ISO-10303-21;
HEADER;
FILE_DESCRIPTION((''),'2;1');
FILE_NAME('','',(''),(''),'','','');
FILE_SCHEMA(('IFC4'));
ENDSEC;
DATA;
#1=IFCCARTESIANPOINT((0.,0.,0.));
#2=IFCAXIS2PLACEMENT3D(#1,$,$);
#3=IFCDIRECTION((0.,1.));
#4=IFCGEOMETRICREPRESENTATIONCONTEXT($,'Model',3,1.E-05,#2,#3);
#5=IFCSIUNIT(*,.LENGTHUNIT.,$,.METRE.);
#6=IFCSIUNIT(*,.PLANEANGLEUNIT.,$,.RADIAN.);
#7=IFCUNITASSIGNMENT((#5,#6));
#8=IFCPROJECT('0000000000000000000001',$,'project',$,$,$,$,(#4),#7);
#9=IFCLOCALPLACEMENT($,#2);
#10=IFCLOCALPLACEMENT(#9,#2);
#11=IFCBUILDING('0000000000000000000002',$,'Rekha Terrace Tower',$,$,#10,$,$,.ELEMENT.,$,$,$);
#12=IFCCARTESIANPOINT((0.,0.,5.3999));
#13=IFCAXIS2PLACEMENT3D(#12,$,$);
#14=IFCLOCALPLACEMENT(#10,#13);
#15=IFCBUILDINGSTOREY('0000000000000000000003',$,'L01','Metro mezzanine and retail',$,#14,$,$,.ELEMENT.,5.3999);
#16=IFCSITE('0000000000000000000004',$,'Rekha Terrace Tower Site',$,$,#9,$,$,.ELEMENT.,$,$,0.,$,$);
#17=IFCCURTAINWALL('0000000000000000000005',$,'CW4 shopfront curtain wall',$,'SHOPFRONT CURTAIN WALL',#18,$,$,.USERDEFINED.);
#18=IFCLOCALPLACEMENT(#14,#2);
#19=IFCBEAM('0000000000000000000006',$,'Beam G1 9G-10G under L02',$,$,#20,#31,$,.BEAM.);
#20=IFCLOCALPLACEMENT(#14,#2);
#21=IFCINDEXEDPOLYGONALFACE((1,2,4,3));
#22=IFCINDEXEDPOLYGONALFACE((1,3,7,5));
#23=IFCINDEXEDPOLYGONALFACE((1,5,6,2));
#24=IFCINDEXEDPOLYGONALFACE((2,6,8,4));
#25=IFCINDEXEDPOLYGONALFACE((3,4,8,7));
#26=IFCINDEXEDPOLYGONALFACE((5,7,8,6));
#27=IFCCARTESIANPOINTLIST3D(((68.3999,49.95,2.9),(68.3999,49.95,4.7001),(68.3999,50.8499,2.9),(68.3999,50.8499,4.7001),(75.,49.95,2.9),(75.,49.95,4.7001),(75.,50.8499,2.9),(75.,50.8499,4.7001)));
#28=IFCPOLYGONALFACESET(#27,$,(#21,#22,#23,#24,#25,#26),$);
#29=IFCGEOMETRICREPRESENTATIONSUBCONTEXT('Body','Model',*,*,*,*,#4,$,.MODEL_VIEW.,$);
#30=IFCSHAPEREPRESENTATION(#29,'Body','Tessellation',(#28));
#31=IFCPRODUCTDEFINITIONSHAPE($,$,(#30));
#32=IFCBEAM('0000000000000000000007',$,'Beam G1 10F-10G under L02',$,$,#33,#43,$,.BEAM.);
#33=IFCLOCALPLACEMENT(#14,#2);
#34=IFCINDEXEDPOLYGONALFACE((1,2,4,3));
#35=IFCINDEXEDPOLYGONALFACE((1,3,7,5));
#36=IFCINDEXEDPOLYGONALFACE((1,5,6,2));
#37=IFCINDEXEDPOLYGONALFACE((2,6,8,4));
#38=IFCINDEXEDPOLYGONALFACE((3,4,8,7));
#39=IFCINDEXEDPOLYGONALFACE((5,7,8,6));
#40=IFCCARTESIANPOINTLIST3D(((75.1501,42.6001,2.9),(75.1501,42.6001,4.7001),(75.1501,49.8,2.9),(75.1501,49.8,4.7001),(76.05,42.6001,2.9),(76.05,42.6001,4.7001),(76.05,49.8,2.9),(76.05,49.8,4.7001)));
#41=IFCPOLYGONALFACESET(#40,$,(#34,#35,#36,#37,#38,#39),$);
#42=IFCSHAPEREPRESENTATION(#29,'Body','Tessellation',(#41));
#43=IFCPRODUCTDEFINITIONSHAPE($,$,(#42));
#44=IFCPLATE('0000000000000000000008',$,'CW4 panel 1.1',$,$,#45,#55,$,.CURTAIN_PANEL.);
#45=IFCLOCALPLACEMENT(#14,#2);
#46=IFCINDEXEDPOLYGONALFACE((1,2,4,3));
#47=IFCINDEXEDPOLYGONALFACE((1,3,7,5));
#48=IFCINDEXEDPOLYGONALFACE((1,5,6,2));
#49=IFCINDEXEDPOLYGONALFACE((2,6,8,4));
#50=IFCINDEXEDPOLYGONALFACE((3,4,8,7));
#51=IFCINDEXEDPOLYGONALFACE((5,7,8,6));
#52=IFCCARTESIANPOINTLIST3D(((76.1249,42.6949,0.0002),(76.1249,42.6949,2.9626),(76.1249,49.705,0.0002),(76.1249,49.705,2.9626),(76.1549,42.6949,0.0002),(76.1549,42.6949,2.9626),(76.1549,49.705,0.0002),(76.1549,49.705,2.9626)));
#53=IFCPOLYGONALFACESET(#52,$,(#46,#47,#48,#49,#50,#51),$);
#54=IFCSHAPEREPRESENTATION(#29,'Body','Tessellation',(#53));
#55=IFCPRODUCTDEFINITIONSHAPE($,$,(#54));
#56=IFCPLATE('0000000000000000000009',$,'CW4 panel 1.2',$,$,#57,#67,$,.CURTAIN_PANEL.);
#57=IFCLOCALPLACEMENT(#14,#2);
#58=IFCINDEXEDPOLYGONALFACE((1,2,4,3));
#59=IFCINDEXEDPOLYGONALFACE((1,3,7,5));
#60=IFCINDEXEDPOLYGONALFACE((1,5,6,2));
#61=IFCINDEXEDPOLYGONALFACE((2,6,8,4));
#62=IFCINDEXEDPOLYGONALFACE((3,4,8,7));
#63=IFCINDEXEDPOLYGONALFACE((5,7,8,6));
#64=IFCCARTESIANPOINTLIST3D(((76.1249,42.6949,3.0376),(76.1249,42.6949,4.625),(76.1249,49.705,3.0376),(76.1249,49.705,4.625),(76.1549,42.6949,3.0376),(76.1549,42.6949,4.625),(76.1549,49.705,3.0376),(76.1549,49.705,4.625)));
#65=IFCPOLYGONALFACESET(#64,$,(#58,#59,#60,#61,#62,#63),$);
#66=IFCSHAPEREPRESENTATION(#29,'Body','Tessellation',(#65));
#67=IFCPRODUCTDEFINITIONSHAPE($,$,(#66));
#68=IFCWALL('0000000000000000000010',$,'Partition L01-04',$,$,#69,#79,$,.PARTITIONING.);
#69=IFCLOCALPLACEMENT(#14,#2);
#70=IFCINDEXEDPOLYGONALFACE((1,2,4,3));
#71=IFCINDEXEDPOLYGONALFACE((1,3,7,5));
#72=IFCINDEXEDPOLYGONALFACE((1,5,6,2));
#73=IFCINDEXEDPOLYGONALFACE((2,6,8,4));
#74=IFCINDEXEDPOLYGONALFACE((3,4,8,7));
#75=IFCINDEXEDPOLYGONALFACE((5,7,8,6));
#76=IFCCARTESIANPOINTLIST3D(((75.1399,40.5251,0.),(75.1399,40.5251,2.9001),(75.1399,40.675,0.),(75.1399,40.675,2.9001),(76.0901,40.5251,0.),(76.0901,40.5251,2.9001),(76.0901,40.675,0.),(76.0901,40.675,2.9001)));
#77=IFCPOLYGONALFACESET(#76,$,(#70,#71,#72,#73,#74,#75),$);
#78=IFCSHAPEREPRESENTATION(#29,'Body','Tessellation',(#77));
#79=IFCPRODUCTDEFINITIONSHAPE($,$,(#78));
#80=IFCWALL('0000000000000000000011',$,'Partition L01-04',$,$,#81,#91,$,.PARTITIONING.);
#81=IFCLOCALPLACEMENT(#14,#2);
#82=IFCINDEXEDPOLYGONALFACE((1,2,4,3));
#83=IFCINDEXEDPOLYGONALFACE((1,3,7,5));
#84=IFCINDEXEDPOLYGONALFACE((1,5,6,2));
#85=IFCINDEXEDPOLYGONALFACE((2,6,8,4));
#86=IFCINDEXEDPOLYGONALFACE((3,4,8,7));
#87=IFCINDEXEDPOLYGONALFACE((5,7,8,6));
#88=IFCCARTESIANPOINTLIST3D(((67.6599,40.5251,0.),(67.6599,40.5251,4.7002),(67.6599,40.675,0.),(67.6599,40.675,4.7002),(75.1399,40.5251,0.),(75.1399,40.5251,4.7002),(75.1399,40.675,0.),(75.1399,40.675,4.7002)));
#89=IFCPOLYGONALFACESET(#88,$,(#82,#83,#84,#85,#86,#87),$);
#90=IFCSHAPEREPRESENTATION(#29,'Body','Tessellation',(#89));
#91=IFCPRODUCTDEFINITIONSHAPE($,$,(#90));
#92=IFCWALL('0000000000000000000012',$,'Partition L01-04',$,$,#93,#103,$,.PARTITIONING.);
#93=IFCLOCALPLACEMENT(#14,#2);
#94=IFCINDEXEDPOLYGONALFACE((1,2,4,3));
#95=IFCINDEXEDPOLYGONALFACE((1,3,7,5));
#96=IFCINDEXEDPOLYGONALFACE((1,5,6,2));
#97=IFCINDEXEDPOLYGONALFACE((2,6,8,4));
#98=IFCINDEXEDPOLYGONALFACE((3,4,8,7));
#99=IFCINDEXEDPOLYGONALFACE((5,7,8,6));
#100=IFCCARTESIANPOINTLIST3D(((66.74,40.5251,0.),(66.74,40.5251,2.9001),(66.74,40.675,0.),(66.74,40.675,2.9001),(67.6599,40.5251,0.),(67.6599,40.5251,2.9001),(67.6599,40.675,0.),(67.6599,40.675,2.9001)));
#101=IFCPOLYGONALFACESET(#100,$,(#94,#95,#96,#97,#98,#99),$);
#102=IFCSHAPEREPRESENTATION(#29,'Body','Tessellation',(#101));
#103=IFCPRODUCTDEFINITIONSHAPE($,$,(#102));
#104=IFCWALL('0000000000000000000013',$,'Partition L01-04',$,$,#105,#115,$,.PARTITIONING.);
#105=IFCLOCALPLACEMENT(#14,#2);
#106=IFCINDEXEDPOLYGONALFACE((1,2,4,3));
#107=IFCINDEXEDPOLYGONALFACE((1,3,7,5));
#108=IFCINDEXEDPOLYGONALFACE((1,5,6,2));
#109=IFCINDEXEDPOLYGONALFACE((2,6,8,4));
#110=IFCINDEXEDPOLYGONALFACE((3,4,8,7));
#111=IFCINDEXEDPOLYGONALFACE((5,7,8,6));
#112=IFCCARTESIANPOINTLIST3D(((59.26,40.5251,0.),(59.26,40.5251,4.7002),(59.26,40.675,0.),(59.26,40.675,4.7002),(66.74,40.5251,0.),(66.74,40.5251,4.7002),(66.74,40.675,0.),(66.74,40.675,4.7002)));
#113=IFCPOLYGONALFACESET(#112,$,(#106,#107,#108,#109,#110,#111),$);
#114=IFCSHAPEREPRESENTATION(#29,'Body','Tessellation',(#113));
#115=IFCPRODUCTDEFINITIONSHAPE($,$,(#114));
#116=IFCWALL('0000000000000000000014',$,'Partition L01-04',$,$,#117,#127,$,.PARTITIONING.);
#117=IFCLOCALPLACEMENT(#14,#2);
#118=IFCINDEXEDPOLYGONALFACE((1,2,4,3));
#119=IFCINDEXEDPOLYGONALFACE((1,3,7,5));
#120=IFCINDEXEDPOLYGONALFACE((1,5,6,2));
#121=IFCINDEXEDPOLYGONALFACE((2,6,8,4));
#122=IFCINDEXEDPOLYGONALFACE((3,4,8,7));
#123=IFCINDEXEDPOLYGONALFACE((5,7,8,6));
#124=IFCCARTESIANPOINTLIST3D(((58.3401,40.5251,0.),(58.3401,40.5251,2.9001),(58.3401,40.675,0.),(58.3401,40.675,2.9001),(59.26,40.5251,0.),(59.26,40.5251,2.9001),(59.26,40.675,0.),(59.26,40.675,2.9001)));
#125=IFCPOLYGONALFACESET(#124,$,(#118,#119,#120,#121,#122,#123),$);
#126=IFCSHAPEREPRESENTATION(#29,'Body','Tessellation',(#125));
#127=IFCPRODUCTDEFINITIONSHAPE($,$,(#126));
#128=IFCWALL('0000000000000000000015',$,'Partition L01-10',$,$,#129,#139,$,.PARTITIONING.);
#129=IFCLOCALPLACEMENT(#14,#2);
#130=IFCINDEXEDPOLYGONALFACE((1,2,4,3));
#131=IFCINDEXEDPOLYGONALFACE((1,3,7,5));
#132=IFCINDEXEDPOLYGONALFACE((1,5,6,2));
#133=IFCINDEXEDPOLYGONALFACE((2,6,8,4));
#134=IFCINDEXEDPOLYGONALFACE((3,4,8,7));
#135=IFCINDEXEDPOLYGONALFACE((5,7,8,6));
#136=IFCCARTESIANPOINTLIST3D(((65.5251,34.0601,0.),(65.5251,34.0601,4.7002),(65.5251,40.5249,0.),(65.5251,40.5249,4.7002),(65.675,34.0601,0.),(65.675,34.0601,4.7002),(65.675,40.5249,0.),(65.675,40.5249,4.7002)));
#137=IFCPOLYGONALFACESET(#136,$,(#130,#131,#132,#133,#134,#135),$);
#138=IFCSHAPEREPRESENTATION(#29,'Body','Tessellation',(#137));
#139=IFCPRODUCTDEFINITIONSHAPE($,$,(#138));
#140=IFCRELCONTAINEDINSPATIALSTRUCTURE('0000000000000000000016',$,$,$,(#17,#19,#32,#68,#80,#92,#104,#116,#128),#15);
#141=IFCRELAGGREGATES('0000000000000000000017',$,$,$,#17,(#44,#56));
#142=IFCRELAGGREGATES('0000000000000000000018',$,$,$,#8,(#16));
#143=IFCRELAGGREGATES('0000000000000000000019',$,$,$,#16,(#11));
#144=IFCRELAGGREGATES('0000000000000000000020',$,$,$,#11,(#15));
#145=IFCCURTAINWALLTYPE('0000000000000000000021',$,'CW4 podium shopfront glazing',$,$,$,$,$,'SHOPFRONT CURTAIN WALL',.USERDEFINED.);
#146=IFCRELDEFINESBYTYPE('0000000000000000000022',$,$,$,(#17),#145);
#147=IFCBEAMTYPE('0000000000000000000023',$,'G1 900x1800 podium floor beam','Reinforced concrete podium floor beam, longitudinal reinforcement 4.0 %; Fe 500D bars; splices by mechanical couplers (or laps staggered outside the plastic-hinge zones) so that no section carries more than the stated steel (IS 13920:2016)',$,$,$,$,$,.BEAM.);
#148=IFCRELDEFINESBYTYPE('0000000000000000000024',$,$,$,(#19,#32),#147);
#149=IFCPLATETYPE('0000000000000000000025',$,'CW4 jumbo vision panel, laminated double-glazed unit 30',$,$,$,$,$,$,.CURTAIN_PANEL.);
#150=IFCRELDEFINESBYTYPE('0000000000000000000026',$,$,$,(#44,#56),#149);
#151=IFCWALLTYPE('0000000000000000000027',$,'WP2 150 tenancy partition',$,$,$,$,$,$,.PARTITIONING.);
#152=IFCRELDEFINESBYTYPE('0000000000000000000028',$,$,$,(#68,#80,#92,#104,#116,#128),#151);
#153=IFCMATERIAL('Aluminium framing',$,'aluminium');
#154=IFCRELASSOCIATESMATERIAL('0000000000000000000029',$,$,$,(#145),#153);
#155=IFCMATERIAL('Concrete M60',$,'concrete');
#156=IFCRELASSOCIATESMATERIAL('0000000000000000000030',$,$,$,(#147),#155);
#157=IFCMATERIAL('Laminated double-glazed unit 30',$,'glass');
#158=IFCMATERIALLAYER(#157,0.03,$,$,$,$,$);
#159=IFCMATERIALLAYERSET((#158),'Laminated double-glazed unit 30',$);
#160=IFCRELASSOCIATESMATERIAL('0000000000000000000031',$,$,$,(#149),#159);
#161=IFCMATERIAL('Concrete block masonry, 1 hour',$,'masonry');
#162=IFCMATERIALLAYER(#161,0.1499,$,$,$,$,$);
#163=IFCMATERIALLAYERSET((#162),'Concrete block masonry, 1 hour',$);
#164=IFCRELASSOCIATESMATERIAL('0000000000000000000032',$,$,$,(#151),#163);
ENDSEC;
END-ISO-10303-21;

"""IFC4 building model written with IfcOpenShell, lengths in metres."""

from ifc_helpers import new_model, si_unit, direction, frame, frame_2d, origin, origin_2d, place, context, subcontext, project, spatial, rectangle, extrude, material, layer, layer_set, material_profile, profile_set, type_object, element, aggregate, save


model = new_model("IFC4")

# Units and contexts
model_context = context("Model", 3, precision=1e-05, world=origin(), true_north=direction((0.0, 1.0)))
body_context = subcontext(model_context, "Body", "Model", "MODEL_VIEW")
ifc_project = project(units=[si_unit("LENGTHUNIT", "METRE"), si_unit("PLANEANGLEUNIT", "RADIAN")], contexts=[model_context])

# Site, building, storey
site_placement = place(None, origin())
site = spatial("IfcSite", under=ifc_project, at=site_placement, Name="Rekha Terrace Tower Site", CompositionType="ELEMENT", RefElevation=0.0)
building_placement = place(site_placement, origin())
building = spatial("IfcBuilding", under=site, at=building_placement, Name="Rekha Terrace Tower", CompositionType="ELEMENT")
storey_placement = place(building_placement, frame((0.0, 0.0, 5.3999)))
storey = spatial("IfcBuildingStorey", under=building, at=storey_placement, Name="L01", Description="Metro mezzanine and retail", CompositionType="ELEMENT", Elevation=5.3999)

# Shared definitions
ifc_material_1 = material(Name="Concrete M60", Category="concrete")

# Shared definitions
ifc_material_2 = material(Name="Aluminium framing", Category="aluminium")
curtain_wall_type = type_object("IfcCurtainWallType", Name="CW4 podium shopfront glazing", ElementType="SHOPFRONT CURTAIN WALL", PredefinedType="USERDEFINED", material=ifc_material_2)

# Curtain wall
curtain_wall_1_placement = place(storey_placement, origin())
curtain_wall_1 = element("IfcCurtainWall", 1, at=curtain_wall_1_placement, inside=storey, type_object=curtain_wall_type, Name="CW4 shopfront curtain wall", ObjectType="SHOPFRONT CURTAIN WALL", PredefinedType="USERDEFINED")

# Beams
ifc_material_profile_1 = material_profile(ifc_material_1, rectangle(XDim=0.8999, YDim=1.8, at=origin_2d()), Name="RC 900x1800")
ifc_profile_set_1 = profile_set([ifc_material_profile_1], Name="Concrete M60")
beam_type = type_object("IfcBeamType", Name="G1 900x1800 podium floor beam", Description="Reinforced concrete podium floor beam, longitudinal reinforcement 4.0 %; Fe 500D bars; splices by mechanical couplers (or laps staggered outside the plastic-hinge zones) so that no section carries more than the stated steel (IS 13920:2016)", PredefinedType="BEAM", material=ifc_profile_set_1)
beam_1_placement = place(storey_placement, frame((68.3999, 50.3999, 3.8), z_axis=(1.0, 0.0, 0.0), x_axis=(0.0, 1.0, 0.0)))
element("IfcBeam", 2, at=beam_1_placement, inside=storey, type_object=beam_type, Name="Beam G1 9G-10G under L02", PredefinedType="BEAM", context=body_context, shape_type="SweptSolid", body=[
    extrude(rectangle(XDim=0.8999, YDim=1.8, at=origin_2d()), origin(), (0.0, 0.0, 1.0), 6.6001),
])
beam_2_placement = place(storey_placement, frame((75.6001, 42.6001, 3.8), z_axis=(0.0, 1.0, 0.0), x_axis=(-1.0, 0.0, 0.0)))
element("IfcBeam", 3, at=beam_2_placement, inside=storey, type_object=beam_type, Name="Beam G1 10F-10G under L02", PredefinedType="BEAM", context=body_context, shape_type="SweptSolid", body=[
    extrude(rectangle(XDim=0.8999, YDim=1.8, at=origin_2d()), origin(), (0.0, 0.0, 1.0), 7.2),
])

# Plates
ifc_material_3 = material(Name="Laminated double-glazed unit 30", Category="glass")
ifc_layer_1 = layer(ifc_material_3, 0.03)
ifc_layer_set_1 = layer_set([ifc_layer_1], Name="Laminated double-glazed unit 30")
plate_type = type_object("IfcPlateType", Name="CW4 jumbo vision panel, laminated double-glazed unit 30", PredefinedType="CURTAIN_PANEL", material=ifc_layer_set_1)
plate_1_placement = place(storey_placement, frame((76.1399, 46.2, 0.0002), z_axis=(0.0, 0.0, 1.0), x_axis=(0.0, 1.0, 0.0)))
plate_1 = element("IfcPlate", 4, at=plate_1_placement, type_object=plate_type, Name="CW4 panel 1.1", PredefinedType="CURTAIN_PANEL", context=body_context, shape_type="SweptSolid", body=[
    extrude(rectangle(XDim=7.01, YDim=0.03, at=origin_2d()), origin(), (0.0, 0.0, 1.0), 2.9624),
])
plate_2_placement = place(storey_placement, frame((76.1399, 46.2, 3.0376), z_axis=(0.0, 0.0, 1.0), x_axis=(0.0, 1.0, 0.0)))
plate_2 = element("IfcPlate", 5, at=plate_2_placement, type_object=plate_type, Name="CW4 panel 1.2", PredefinedType="CURTAIN_PANEL", context=body_context, shape_type="SweptSolid", body=[
    extrude(rectangle(XDim=7.01, YDim=0.03, at=origin_2d()), origin(), (0.0, 0.0, 1.0), 1.5874),
])
aggregate(curtain_wall_1, [plate_1, plate_2])

# Walls
ifc_material_4 = material(Name="Concrete block masonry, 1 hour", Category="masonry")
ifc_layer_2 = layer(ifc_material_4, 0.1499)
ifc_layer_set_2 = layer_set([ifc_layer_2], Name="Concrete block masonry, 1 hour")
wall_type = type_object("IfcWallType", Name="WP2 150 tenancy partition", PredefinedType="PARTITIONING", material=ifc_layer_set_2)
wall_1_placement = place(storey_placement, frame((76.0901, 40.6001, 0.0), z_axis=(0.0, 0.0, 1.0), x_axis=(-1.0, 0.0, 0.0)))
element("IfcWall", 6, at=wall_1_placement, inside=storey, type_object=wall_type, Name="Partition L01-04", PredefinedType="PARTITIONING", context=body_context, shape_type="SweptSolid", body=[
    extrude(rectangle(XDim=0.9502, YDim=0.1499, at=frame_2d((0.4751, 0.0))), origin(), (0.0, 0.0, 1.0), 2.9001),
])
wall_2_placement = place(storey_placement, frame((75.1399, 40.6001, 0.0), z_axis=(0.0, 0.0, 1.0), x_axis=(-1.0, 0.0, 0.0)))
element("IfcWall", 7, at=wall_2_placement, inside=storey, type_object=wall_type, Name="Partition L01-04", PredefinedType="PARTITIONING", context=body_context, shape_type="SweptSolid", body=[
    extrude(rectangle(XDim=7.48, YDim=0.1499, at=frame_2d((3.74, 0.0))), origin(), (0.0, 0.0, 1.0), 4.7002),
])
wall_3_placement = place(storey_placement, frame((67.6599, 40.6001, 0.0), z_axis=(0.0, 0.0, 1.0), x_axis=(-1.0, 0.0, 0.0)))
element("IfcWall", 8, at=wall_3_placement, inside=storey, type_object=wall_type, Name="Partition L01-04", PredefinedType="PARTITIONING", context=body_context, shape_type="SweptSolid", body=[
    extrude(rectangle(XDim=0.9199, YDim=0.1499, at=frame_2d((0.46, 0.0))), origin(), (0.0, 0.0, 1.0), 2.9001),
])
wall_4_placement = place(storey_placement, frame((66.74, 40.6001, 0.0), z_axis=(0.0, 0.0, 1.0), x_axis=(-1.0, 0.0, 0.0)))
element("IfcWall", 9, at=wall_4_placement, inside=storey, type_object=wall_type, Name="Partition L01-04", PredefinedType="PARTITIONING", context=body_context, shape_type="SweptSolid", body=[
    extrude(rectangle(XDim=7.48, YDim=0.1499, at=frame_2d((3.74, 0.0))), origin(), (0.0, 0.0, 1.0), 4.7002),
])
wall_5_placement = place(storey_placement, frame((59.26, 40.6001, 0.0), z_axis=(0.0, 0.0, 1.0), x_axis=(-1.0, 0.0, 0.0)))
element("IfcWall", 10, at=wall_5_placement, inside=storey, type_object=wall_type, Name="Partition L01-04", PredefinedType="PARTITIONING", context=body_context, shape_type="SweptSolid", body=[
    extrude(rectangle(XDim=0.9199, YDim=0.1499, at=frame_2d((0.46, 0.0))), origin(), (0.0, 0.0, 1.0), 2.9001),
])
wall_6_placement = place(storey_placement, frame((65.6001, 40.5249, 0.0), z_axis=(0.0, 0.0, 1.0), x_axis=(0.0, -1.0, 0.0)))
element("IfcWall", 11, at=wall_6_placement, inside=storey, type_object=wall_type, Name="Partition L01-10", PredefinedType="PARTITIONING", context=body_context, shape_type="SweptSolid", body=[
    extrude(rectangle(XDim=6.4648, YDim=0.1499, at=frame_2d((3.2324, 0.0))), origin(), (0.0, 0.0, 1.0), 4.7002),
])

save(model, "model.ifc")
